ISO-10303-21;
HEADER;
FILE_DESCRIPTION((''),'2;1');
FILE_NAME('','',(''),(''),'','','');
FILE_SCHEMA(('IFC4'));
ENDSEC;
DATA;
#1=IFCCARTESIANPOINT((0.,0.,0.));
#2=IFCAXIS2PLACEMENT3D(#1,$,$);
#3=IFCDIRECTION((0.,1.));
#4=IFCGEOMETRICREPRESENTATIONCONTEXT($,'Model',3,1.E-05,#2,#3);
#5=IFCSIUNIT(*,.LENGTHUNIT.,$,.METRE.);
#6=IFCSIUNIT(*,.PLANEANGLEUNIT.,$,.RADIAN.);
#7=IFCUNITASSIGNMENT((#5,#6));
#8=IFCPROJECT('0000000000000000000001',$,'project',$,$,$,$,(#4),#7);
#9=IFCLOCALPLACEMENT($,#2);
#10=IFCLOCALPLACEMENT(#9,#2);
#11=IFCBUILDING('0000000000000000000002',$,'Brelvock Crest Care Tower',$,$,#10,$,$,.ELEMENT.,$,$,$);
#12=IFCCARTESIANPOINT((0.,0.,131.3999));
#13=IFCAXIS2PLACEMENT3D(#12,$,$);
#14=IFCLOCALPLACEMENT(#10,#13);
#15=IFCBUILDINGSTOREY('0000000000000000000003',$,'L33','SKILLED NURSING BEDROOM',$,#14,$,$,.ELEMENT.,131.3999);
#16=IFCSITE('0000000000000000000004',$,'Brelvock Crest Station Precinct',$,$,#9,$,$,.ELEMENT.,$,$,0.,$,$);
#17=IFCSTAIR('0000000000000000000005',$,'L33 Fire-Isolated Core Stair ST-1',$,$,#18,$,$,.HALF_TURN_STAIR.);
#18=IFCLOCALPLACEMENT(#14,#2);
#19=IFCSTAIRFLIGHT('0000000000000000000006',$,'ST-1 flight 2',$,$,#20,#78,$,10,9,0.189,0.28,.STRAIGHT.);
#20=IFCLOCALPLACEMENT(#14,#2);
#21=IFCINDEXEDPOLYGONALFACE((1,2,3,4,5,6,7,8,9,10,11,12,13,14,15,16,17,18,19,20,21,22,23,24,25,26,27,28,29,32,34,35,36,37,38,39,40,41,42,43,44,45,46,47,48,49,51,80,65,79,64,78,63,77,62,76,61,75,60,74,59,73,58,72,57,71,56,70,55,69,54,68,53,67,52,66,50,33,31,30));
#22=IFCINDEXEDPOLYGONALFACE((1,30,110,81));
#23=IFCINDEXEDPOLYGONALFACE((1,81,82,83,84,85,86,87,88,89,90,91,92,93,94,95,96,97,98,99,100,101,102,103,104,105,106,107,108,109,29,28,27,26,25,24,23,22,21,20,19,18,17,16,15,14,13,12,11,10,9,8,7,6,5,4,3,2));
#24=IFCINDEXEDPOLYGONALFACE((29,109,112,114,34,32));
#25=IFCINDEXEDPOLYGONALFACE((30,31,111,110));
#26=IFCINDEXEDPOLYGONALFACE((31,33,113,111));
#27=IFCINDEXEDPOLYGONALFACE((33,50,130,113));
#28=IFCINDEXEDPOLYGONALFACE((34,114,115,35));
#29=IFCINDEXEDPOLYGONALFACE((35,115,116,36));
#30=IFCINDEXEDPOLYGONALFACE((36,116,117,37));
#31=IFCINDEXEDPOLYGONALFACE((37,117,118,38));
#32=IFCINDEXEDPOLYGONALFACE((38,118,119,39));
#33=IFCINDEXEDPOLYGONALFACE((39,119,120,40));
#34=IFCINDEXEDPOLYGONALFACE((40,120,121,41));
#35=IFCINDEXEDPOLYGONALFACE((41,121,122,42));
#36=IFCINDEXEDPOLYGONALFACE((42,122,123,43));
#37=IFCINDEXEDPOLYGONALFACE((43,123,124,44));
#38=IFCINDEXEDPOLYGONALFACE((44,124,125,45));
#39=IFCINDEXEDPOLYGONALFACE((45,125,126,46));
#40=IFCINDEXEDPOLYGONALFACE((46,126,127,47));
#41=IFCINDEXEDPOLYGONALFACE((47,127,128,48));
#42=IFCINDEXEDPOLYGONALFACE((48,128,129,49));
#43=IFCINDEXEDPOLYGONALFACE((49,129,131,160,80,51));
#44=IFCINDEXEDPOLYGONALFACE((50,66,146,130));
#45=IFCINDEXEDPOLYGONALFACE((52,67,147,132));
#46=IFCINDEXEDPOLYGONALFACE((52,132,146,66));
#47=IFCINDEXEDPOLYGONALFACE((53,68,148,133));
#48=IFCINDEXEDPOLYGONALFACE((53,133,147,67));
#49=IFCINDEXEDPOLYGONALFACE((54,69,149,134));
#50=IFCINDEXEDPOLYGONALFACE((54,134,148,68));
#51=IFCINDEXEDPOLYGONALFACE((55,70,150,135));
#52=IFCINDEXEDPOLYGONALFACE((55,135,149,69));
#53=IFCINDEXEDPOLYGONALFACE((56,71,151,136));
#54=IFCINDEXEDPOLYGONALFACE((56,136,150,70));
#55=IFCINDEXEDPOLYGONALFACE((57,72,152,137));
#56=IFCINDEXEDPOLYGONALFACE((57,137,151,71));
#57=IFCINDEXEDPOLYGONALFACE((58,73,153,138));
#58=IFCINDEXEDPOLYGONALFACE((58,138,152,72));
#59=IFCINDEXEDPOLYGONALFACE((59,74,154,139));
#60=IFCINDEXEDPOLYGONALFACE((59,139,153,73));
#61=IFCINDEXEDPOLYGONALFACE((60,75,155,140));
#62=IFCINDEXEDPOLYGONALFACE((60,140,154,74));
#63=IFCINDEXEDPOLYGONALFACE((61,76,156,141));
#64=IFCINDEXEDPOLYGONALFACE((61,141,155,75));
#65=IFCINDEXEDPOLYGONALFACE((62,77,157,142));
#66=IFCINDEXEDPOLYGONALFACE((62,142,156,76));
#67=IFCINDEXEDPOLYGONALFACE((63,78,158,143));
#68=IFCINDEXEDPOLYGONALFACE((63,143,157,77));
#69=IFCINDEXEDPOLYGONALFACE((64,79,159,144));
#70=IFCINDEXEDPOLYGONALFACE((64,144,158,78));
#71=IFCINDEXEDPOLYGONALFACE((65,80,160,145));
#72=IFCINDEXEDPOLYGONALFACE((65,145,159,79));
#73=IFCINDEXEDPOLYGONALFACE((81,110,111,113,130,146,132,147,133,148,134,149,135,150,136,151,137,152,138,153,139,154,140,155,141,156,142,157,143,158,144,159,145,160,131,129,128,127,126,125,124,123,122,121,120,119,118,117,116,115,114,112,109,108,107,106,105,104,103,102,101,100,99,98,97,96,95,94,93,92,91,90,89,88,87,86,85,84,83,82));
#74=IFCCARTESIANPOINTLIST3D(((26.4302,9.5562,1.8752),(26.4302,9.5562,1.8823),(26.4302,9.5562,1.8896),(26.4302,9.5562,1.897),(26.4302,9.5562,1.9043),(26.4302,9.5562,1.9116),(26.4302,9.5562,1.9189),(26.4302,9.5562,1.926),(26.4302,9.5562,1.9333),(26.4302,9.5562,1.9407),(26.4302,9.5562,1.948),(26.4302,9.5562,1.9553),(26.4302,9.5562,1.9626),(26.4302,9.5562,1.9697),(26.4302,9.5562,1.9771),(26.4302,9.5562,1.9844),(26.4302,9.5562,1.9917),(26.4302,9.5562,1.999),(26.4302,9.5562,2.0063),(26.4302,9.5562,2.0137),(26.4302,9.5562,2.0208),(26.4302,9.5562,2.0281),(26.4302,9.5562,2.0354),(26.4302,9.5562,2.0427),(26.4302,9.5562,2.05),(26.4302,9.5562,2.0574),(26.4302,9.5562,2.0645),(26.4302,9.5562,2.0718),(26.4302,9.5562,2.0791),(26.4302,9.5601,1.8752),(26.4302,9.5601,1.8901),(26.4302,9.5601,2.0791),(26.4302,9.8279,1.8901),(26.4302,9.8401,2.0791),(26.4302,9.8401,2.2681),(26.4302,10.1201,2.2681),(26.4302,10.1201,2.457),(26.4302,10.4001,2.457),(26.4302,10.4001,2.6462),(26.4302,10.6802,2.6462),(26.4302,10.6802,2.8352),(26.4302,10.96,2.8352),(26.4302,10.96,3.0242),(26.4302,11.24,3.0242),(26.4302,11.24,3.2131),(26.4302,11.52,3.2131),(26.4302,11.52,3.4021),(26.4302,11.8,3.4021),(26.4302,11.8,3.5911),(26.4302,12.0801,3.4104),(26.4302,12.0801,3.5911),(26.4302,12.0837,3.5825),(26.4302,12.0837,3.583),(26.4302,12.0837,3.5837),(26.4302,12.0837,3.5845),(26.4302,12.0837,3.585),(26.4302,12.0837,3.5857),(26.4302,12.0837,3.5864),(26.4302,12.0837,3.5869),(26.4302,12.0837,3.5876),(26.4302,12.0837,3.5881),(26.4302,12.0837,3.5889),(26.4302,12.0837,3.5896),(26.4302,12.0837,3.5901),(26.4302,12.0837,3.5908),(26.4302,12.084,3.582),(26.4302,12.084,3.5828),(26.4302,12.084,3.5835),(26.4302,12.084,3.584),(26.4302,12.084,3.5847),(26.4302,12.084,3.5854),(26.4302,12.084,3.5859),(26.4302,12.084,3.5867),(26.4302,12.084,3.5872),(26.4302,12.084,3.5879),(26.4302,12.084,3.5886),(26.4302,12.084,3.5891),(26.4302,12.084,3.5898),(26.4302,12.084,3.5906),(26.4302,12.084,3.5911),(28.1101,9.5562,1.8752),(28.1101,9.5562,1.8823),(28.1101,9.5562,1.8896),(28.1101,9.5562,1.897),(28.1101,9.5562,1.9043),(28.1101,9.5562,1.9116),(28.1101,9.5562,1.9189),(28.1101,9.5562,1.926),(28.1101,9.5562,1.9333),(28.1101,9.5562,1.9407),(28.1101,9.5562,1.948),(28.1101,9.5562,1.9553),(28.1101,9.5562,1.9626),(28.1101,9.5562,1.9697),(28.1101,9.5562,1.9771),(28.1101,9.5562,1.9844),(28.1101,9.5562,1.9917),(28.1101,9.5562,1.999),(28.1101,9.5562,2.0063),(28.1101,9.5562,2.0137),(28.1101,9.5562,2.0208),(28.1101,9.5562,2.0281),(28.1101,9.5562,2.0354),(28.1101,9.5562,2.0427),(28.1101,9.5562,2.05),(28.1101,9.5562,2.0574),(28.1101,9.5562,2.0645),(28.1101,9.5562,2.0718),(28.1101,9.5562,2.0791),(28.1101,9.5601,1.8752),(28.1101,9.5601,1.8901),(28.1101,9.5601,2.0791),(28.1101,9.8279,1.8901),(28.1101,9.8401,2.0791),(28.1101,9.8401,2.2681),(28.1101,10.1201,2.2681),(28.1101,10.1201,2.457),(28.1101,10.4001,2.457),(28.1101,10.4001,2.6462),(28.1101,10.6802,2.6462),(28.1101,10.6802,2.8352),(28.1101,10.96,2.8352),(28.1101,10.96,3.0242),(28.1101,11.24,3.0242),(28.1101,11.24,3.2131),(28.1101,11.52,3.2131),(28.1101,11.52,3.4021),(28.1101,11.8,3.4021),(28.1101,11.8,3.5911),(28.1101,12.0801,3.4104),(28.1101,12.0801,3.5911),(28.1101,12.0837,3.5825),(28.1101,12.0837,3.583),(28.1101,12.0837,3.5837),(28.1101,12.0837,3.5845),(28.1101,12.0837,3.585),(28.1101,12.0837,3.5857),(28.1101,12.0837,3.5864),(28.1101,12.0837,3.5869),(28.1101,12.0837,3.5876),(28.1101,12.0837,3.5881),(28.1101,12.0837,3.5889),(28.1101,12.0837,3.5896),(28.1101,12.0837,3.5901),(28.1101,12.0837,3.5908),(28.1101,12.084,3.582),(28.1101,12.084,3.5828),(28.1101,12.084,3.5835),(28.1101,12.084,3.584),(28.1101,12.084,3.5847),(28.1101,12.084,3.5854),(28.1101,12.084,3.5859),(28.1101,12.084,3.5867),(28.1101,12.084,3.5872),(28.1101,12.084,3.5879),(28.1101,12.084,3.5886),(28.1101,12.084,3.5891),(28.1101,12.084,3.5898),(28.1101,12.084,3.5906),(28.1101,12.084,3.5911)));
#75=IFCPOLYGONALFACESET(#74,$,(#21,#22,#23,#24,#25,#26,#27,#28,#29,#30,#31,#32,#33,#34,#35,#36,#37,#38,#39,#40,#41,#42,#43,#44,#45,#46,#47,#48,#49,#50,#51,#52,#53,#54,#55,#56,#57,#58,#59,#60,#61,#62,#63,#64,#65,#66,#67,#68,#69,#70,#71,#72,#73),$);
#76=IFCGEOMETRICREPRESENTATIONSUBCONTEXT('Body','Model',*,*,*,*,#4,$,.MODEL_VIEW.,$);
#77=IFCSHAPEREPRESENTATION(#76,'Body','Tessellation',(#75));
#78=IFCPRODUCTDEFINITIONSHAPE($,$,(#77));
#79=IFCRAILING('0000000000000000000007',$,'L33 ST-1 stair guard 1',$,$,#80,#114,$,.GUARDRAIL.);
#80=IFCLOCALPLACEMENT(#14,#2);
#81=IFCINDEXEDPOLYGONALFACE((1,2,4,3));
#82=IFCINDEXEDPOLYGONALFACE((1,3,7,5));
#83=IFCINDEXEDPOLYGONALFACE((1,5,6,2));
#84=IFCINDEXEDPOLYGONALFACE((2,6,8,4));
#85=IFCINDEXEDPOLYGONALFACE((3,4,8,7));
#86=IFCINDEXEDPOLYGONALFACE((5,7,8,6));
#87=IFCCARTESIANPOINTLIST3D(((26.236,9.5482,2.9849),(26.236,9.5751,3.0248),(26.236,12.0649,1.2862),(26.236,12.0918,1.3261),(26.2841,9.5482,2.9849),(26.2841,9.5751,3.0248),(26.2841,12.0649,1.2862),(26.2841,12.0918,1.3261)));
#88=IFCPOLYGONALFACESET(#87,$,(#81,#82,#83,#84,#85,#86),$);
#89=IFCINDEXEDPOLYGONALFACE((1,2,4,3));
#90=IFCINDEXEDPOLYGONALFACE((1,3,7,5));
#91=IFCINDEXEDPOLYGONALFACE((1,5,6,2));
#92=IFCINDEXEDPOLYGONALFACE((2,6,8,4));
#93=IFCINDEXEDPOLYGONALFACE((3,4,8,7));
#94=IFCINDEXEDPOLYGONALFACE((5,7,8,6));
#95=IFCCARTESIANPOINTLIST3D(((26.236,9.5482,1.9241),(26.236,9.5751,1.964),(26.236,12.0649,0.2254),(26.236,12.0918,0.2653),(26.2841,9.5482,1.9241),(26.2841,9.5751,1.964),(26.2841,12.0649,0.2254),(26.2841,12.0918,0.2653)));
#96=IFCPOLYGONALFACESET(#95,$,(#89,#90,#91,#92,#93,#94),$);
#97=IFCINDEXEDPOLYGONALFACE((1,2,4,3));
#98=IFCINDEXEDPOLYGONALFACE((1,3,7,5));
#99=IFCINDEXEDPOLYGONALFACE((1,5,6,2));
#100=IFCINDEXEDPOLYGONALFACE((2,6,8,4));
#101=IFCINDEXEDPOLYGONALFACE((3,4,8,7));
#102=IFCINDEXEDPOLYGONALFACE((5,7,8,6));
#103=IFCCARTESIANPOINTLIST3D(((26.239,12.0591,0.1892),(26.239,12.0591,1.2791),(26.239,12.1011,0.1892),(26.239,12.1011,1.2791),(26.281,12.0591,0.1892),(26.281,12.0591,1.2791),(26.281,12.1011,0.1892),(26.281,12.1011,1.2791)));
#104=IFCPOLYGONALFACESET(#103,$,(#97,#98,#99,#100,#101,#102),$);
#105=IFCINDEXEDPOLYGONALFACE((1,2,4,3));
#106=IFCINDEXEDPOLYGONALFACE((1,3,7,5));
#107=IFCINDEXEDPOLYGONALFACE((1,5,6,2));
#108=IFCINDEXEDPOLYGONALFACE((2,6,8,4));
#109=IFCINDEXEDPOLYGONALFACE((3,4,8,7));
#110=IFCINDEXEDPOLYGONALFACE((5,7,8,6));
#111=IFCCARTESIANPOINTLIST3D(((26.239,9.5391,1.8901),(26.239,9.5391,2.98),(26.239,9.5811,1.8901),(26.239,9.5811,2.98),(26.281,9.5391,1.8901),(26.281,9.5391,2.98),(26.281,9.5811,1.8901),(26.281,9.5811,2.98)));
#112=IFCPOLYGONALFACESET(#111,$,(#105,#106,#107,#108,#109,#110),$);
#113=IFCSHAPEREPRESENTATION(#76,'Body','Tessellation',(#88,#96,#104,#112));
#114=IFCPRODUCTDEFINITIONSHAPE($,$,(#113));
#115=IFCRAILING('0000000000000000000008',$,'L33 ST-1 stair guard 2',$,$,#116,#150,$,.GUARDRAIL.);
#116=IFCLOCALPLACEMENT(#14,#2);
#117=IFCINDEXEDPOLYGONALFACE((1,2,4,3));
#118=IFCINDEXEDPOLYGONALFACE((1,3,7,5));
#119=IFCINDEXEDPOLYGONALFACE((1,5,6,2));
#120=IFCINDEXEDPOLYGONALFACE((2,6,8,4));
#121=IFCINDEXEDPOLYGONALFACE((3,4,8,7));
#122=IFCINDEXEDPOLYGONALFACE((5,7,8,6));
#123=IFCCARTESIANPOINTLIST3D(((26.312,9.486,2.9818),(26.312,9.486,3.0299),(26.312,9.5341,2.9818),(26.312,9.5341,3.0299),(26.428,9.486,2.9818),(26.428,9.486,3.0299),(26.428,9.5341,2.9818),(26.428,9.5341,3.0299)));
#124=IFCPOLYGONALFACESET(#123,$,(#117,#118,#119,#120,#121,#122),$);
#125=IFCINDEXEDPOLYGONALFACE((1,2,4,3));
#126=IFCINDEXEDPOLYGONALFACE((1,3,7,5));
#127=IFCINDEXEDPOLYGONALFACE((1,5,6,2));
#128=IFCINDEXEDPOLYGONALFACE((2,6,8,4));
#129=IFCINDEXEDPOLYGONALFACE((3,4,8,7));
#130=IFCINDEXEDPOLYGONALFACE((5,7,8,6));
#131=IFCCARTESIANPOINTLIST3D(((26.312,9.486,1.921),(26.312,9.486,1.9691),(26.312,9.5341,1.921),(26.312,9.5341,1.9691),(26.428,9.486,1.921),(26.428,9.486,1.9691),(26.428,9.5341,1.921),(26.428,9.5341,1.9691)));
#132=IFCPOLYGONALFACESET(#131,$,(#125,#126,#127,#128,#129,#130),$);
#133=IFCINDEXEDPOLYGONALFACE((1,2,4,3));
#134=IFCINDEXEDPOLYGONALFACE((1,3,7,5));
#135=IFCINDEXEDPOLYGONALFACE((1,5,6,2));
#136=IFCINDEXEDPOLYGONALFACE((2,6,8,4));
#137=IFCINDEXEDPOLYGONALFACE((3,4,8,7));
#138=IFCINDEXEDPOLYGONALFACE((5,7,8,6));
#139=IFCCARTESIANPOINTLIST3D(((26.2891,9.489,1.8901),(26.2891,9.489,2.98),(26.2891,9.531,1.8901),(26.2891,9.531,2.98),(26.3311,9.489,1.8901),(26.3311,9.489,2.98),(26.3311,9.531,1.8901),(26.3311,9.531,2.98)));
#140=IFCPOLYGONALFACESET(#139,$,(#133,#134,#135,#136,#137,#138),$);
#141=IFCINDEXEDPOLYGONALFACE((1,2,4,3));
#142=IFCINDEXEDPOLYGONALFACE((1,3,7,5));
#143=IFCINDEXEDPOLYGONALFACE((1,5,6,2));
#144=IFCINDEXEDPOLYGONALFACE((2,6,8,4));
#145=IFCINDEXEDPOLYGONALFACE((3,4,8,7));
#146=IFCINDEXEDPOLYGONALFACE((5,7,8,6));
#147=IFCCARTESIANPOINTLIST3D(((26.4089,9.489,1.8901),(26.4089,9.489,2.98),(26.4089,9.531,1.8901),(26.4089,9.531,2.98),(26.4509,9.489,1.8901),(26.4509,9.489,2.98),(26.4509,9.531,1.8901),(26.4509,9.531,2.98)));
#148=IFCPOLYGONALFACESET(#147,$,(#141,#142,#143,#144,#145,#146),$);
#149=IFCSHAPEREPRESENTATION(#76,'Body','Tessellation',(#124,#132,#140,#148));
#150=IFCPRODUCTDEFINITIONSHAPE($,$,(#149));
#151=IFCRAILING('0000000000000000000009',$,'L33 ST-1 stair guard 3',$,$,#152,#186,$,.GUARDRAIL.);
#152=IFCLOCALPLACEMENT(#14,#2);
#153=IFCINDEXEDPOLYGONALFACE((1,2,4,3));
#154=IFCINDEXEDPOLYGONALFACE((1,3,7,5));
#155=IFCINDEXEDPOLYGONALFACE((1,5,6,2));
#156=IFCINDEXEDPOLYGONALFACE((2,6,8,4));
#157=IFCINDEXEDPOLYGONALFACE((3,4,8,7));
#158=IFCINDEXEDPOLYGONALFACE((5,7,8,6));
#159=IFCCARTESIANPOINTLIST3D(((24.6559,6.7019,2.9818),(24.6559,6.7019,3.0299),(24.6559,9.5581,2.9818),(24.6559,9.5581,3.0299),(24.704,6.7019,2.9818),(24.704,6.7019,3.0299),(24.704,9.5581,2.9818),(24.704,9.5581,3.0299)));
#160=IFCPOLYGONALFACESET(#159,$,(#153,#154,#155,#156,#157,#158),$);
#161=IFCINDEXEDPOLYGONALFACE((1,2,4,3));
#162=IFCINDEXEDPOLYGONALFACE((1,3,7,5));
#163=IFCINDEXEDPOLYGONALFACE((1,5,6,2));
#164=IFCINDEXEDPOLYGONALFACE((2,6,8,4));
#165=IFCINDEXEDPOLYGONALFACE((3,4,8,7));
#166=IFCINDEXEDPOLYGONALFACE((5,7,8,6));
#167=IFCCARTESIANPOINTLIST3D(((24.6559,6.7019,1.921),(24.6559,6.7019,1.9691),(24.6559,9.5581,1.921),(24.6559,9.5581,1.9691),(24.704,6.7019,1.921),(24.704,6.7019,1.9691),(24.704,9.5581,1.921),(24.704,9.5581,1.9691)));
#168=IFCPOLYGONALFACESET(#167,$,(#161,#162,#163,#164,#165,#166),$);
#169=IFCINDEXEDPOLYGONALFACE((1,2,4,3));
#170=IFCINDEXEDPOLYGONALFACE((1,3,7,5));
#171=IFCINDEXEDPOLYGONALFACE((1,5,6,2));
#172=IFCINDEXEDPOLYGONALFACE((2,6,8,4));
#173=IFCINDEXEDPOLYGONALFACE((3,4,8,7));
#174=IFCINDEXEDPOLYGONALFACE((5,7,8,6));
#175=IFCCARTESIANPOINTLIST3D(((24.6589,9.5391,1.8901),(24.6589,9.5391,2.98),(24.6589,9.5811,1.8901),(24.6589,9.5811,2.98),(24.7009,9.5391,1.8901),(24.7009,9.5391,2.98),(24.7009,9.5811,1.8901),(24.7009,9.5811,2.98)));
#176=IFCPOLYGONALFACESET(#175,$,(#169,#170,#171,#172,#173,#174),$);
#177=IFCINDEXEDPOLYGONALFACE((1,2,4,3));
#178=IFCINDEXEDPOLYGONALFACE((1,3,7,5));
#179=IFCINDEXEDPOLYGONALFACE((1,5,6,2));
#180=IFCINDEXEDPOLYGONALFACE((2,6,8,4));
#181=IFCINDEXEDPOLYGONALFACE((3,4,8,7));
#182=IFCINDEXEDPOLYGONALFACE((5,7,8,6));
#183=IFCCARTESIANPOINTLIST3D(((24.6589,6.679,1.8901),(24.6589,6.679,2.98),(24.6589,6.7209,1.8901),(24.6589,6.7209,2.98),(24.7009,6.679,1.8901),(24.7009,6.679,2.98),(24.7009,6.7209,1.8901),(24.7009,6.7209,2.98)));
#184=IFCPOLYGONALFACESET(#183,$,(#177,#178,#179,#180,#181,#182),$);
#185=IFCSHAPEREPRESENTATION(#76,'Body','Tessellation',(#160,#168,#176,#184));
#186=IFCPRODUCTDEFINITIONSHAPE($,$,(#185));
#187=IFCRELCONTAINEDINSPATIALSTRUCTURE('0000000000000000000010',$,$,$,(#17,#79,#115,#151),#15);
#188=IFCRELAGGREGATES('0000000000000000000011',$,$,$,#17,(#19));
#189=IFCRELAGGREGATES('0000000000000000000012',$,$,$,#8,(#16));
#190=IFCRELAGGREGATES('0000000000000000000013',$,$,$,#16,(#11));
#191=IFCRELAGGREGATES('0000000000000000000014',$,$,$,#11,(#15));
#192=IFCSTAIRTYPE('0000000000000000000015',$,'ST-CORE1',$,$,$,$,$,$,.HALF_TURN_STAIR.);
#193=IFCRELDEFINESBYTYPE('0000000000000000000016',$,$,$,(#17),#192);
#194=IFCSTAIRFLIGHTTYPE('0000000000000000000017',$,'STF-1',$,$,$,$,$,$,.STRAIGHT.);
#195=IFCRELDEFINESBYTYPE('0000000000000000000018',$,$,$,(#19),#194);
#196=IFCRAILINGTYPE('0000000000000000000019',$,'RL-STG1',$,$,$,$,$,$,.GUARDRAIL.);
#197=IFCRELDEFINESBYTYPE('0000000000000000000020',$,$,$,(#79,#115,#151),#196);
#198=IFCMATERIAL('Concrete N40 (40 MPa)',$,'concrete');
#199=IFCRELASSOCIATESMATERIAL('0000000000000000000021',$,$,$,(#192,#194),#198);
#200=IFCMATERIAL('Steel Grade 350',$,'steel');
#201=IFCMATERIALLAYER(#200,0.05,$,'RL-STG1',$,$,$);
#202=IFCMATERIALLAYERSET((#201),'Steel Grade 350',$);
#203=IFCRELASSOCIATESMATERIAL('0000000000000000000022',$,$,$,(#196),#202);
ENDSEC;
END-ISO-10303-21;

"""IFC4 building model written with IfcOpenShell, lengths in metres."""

from ifc_helpers import new_model, si_unit, direction, frame, origin, origin_2d, place, context, subcontext, project, spatial, polyline, rectangle, outline, extrude, material, layer, layer_set, type_object, element, aggregate, save


model = new_model("IFC4")

# Units and contexts
model_context = context("Model", 3, precision=1e-05, world=origin(), true_north=direction((0.0, 1.0)))
body_context = subcontext(model_context, "Body", "Model", "MODEL_VIEW")
ifc_project = project(units=[si_unit("LENGTHUNIT", "METRE"), si_unit("PLANEANGLEUNIT", "RADIAN")], contexts=[model_context])

# Site, building, storey
site_placement = place(None, origin())
site = spatial("IfcSite", under=ifc_project, at=site_placement, Name="Brelvock Crest Station Precinct", CompositionType="ELEMENT", RefElevation=0.0)
building_placement = place(site_placement, origin())
building = spatial("IfcBuilding", under=site, at=building_placement, Name="Brelvock Crest Care Tower", CompositionType="ELEMENT")
storey_placement = place(building_placement, frame((0.0, 0.0, 131.3999)))
storey = spatial("IfcBuildingStorey", under=building, at=storey_placement, Name="L33", Description="SKILLED NURSING BEDROOM", CompositionType="ELEMENT", Elevation=131.3999)

# Shared definitions
ifc_material_1 = material(Name="Steel Grade 350", Category="steel")

# Stair, stair flight
ifc_material_2 = material(Name="Concrete N40 (40 MPa)", Category="concrete")
stair_type = type_object("IfcStairType", Name="ST-CORE1", PredefinedType="HALF_TURN_STAIR", material=ifc_material_2)
stair_placement = place(storey_placement, origin())
stair = element("IfcStair", 1, at=stair_placement, inside=storey, type_object=stair_type, Name="L33 Fire-Isolated Core Stair ST-1", PredefinedType="HALF_TURN_STAIR")
stair_flight_type = type_object("IfcStairFlightType", Name="STF-1", PredefinedType="STRAIGHT", material=ifc_material_2)
stair_flight_1_placement = place(storey_placement, frame((27.27, 9.5601, 1.8901), z_axis=(0.0, 0.0, 1.0), x_axis=(0.0, 1.0, 0.0)))
stair_flight_1 = element("IfcStairFlight", 2, at=stair_flight_1_placement, type_object=stair_flight_type, Name="ST-1 flight 2", NumberOfRisers=10, NumberOfTreads=9, PredefinedType="STRAIGHT", RiserHeight=0.189, TreadLength=0.28, context=body_context, shape_type="SweptSolid", body=[
    extrude(outline(polyline([(-0.0039, -0.0149), (-0.0039, -0.0078), (-0.0039, -0.0005), (-0.0039, 0.0068), (-0.0039, 0.0142), (-0.0039, 0.0215), (-0.0039, 0.0288), (-0.0039, 0.0359), (-0.0039, 0.0432), (-0.0039, 0.0505), (-0.0039, 0.0579), (-0.0039, 0.0652), (-0.0039, 0.0725), (-0.0039, 0.0796), (-0.0039, 0.0869), (-0.0039, 0.0942), (-0.0039, 0.1016), (-0.0039, 0.1089), (-0.0039, 0.1162), (-0.0039, 0.1235), (-0.0039, 0.1306), (-0.0039, 0.1379), (-0.0039, 0.1453), (-0.0039, 0.1526), (-0.0039, 0.1599), (-0.0039, 0.1672), (-0.0039, 0.1743), (-0.0039, 0.1816), (-0.0039, 0.189), (0.0, 0.189), (0.28, 0.189), (0.28, 0.3779), (0.5601, 0.3779), (0.5601, 0.5669), (0.8401, 0.5669), (0.8401, 0.7561), (1.1201, 0.7561), (1.1201, 0.9451), (1.3999, 0.9451), (1.3999, 1.134), (1.6799, 1.134), (1.6799, 1.323), (1.96, 1.323), (1.96, 1.512), (2.24, 1.512), (2.24, 1.7009), (2.52, 1.7009), (2.5239, 1.7009), (2.5237, 1.7007), (2.5239, 1.7004), (2.5237, 1.7), (2.5239, 1.6997), (2.5237, 1.6995), (2.5239, 1.699), (2.5237, 1.6987), (2.5239, 1.6985), (2.5237, 1.698), (2.5239, 1.6978), (2.5237, 1.6975), (2.5239, 1.697), (2.5237, 1.6968), (2.5239, 1.6965), (2.5237, 1.6963), (2.5239, 1.6958), (2.5237, 1.6956), (2.5239, 1.6953), (2.5237, 1.6948), (2.5239, 1.6946), (2.5237, 1.6943), (2.5239, 1.6938), (2.5237, 1.6936), (2.5239, 1.6934), (2.5237, 1.6929), (2.5239, 1.6926), (2.5237, 1.6924), (2.5239, 1.6919), (2.52, 1.5203), (0.2678, 0.0), (0.0, 0.0), (0.0, -0.0149), (-0.0039, -0.0149)])), frame((0.0, 0.8398, 0.0), z_axis=(0.0, -1.0, 0.0), x_axis=(1.0, 0.0, 0.0)), (0.0, 0.0, 1.0), 1.6799),
])
aggregate(stair, [stair_flight_1])

# Railings
ifc_layer_1 = layer(ifc_material_1, 0.05, Name="RL-STG1")
ifc_layer_set_1 = layer_set([ifc_layer_1], Name="Steel Grade 350")
railing_type_1 = type_object("IfcRailingType", Name="RL-STG1", PredefinedType="GUARDRAIL", material=ifc_layer_set_1)
railing_1_placement = place(storey_placement, frame((26.26, 12.0801, 0.1892)))
element("IfcRailing", 3, at=railing_1_placement, inside=storey, type_object=railing_type_1, Name="L33 ST-1 stair guard 1", PredefinedType="GUARDRAIL", context=body_context, shape_type="SweptSolid", body=[
    extrude(rectangle(XDim=0.0481, YDim=0.0481, at=origin_2d()), frame((0.0, -0.0017, 1.1169), z_axis=(0.0, -0.828862, 0.559454), x_axis=(1.0, 0.0, 0.0)), (0.0, 0.0, 1.0), 3.0364),
    extrude(rectangle(XDim=0.0481, YDim=0.0481, at=origin_2d()), frame((0.0, -0.0017, 0.0562), z_axis=(0.0, -0.828862, 0.559454), x_axis=(1.0, 0.0, 0.0)), (0.0, 0.0, 1.0), 3.0364),
    extrude(rectangle(XDim=0.042, YDim=0.042, at=origin_2d()), origin(), (0.0, 0.0, 1.0), 1.0898),
    extrude(rectangle(XDim=0.042, YDim=0.042, at=origin_2d()), frame((0.0, -2.52, 1.7009)), (0.0, 0.0, 1.0), 1.0898),
])
railing_2_placement = place(storey_placement, frame((26.3101, 9.51, 1.8901)))
element("IfcRailing", 4, at=railing_2_placement, inside=storey, type_object=railing_type_1, Name="L33 ST-1 stair guard 2", PredefinedType="GUARDRAIL", context=body_context, shape_type="SweptSolid", body=[
    extrude(rectangle(XDim=0.0481, YDim=0.0481, at=origin_2d()), frame((0.002, 0.0, 1.1157), z_axis=(1.0, 0.0, 0.0), x_axis=(0.0, 1.0, 0.0)), (0.0, 0.0, 1.0), 0.116),
    extrude(rectangle(XDim=0.0481, YDim=0.0481, at=origin_2d()), frame((0.002, 0.0, 0.0549), z_axis=(1.0, 0.0, 0.0), x_axis=(0.0, 1.0, 0.0)), (0.0, 0.0, 1.0), 0.116),
    extrude(rectangle(XDim=0.042, YDim=0.042, at=origin_2d()), origin(), (0.0, 0.0, 1.0), 1.0898),
    extrude(rectangle(XDim=0.042, YDim=0.042, at=origin_2d()), frame((0.1199, 0.0, 0.0)), (0.0, 0.0, 1.0), 1.0898),
])
for number, where, name in (
    (5, (24.6799, 9.5601, 1.8901), "L33 ST-1 stair guard 3"),
):
    element("IfcRailing", number, at=place(storey_placement, frame(where)), inside=storey, type_object=railing_type_1, Name=name, PredefinedType="GUARDRAIL", context=body_context, shape_type="SweptSolid", body=[
        extrude(rectangle(XDim=0.0481, YDim=0.0481, at=origin_2d()), frame((0.0, -0.002, 1.1157), z_axis=(0.0, -1.0, 0.0), x_axis=(1.0, 0.0, 0.0)), (0.0, 0.0, 1.0), 2.8562),
        extrude(rectangle(XDim=0.0481, YDim=0.0481, at=origin_2d()), frame((0.0, -0.002, 0.0549), z_axis=(0.0, -1.0, 0.0), x_axis=(1.0, 0.0, 0.0)), (0.0, 0.0, 1.0), 2.8562),
        extrude(rectangle(XDim=0.042, YDim=0.042, at=origin_2d()), origin(), (0.0, 0.0, 1.0), 1.0898),
        extrude(rectangle(XDim=0.042, YDim=0.042, at=origin_2d()), frame((0.0, -2.8601, 0.0)), (0.0, 0.0, 1.0), 1.0898),
    ])

save(model, "model.ifc")
